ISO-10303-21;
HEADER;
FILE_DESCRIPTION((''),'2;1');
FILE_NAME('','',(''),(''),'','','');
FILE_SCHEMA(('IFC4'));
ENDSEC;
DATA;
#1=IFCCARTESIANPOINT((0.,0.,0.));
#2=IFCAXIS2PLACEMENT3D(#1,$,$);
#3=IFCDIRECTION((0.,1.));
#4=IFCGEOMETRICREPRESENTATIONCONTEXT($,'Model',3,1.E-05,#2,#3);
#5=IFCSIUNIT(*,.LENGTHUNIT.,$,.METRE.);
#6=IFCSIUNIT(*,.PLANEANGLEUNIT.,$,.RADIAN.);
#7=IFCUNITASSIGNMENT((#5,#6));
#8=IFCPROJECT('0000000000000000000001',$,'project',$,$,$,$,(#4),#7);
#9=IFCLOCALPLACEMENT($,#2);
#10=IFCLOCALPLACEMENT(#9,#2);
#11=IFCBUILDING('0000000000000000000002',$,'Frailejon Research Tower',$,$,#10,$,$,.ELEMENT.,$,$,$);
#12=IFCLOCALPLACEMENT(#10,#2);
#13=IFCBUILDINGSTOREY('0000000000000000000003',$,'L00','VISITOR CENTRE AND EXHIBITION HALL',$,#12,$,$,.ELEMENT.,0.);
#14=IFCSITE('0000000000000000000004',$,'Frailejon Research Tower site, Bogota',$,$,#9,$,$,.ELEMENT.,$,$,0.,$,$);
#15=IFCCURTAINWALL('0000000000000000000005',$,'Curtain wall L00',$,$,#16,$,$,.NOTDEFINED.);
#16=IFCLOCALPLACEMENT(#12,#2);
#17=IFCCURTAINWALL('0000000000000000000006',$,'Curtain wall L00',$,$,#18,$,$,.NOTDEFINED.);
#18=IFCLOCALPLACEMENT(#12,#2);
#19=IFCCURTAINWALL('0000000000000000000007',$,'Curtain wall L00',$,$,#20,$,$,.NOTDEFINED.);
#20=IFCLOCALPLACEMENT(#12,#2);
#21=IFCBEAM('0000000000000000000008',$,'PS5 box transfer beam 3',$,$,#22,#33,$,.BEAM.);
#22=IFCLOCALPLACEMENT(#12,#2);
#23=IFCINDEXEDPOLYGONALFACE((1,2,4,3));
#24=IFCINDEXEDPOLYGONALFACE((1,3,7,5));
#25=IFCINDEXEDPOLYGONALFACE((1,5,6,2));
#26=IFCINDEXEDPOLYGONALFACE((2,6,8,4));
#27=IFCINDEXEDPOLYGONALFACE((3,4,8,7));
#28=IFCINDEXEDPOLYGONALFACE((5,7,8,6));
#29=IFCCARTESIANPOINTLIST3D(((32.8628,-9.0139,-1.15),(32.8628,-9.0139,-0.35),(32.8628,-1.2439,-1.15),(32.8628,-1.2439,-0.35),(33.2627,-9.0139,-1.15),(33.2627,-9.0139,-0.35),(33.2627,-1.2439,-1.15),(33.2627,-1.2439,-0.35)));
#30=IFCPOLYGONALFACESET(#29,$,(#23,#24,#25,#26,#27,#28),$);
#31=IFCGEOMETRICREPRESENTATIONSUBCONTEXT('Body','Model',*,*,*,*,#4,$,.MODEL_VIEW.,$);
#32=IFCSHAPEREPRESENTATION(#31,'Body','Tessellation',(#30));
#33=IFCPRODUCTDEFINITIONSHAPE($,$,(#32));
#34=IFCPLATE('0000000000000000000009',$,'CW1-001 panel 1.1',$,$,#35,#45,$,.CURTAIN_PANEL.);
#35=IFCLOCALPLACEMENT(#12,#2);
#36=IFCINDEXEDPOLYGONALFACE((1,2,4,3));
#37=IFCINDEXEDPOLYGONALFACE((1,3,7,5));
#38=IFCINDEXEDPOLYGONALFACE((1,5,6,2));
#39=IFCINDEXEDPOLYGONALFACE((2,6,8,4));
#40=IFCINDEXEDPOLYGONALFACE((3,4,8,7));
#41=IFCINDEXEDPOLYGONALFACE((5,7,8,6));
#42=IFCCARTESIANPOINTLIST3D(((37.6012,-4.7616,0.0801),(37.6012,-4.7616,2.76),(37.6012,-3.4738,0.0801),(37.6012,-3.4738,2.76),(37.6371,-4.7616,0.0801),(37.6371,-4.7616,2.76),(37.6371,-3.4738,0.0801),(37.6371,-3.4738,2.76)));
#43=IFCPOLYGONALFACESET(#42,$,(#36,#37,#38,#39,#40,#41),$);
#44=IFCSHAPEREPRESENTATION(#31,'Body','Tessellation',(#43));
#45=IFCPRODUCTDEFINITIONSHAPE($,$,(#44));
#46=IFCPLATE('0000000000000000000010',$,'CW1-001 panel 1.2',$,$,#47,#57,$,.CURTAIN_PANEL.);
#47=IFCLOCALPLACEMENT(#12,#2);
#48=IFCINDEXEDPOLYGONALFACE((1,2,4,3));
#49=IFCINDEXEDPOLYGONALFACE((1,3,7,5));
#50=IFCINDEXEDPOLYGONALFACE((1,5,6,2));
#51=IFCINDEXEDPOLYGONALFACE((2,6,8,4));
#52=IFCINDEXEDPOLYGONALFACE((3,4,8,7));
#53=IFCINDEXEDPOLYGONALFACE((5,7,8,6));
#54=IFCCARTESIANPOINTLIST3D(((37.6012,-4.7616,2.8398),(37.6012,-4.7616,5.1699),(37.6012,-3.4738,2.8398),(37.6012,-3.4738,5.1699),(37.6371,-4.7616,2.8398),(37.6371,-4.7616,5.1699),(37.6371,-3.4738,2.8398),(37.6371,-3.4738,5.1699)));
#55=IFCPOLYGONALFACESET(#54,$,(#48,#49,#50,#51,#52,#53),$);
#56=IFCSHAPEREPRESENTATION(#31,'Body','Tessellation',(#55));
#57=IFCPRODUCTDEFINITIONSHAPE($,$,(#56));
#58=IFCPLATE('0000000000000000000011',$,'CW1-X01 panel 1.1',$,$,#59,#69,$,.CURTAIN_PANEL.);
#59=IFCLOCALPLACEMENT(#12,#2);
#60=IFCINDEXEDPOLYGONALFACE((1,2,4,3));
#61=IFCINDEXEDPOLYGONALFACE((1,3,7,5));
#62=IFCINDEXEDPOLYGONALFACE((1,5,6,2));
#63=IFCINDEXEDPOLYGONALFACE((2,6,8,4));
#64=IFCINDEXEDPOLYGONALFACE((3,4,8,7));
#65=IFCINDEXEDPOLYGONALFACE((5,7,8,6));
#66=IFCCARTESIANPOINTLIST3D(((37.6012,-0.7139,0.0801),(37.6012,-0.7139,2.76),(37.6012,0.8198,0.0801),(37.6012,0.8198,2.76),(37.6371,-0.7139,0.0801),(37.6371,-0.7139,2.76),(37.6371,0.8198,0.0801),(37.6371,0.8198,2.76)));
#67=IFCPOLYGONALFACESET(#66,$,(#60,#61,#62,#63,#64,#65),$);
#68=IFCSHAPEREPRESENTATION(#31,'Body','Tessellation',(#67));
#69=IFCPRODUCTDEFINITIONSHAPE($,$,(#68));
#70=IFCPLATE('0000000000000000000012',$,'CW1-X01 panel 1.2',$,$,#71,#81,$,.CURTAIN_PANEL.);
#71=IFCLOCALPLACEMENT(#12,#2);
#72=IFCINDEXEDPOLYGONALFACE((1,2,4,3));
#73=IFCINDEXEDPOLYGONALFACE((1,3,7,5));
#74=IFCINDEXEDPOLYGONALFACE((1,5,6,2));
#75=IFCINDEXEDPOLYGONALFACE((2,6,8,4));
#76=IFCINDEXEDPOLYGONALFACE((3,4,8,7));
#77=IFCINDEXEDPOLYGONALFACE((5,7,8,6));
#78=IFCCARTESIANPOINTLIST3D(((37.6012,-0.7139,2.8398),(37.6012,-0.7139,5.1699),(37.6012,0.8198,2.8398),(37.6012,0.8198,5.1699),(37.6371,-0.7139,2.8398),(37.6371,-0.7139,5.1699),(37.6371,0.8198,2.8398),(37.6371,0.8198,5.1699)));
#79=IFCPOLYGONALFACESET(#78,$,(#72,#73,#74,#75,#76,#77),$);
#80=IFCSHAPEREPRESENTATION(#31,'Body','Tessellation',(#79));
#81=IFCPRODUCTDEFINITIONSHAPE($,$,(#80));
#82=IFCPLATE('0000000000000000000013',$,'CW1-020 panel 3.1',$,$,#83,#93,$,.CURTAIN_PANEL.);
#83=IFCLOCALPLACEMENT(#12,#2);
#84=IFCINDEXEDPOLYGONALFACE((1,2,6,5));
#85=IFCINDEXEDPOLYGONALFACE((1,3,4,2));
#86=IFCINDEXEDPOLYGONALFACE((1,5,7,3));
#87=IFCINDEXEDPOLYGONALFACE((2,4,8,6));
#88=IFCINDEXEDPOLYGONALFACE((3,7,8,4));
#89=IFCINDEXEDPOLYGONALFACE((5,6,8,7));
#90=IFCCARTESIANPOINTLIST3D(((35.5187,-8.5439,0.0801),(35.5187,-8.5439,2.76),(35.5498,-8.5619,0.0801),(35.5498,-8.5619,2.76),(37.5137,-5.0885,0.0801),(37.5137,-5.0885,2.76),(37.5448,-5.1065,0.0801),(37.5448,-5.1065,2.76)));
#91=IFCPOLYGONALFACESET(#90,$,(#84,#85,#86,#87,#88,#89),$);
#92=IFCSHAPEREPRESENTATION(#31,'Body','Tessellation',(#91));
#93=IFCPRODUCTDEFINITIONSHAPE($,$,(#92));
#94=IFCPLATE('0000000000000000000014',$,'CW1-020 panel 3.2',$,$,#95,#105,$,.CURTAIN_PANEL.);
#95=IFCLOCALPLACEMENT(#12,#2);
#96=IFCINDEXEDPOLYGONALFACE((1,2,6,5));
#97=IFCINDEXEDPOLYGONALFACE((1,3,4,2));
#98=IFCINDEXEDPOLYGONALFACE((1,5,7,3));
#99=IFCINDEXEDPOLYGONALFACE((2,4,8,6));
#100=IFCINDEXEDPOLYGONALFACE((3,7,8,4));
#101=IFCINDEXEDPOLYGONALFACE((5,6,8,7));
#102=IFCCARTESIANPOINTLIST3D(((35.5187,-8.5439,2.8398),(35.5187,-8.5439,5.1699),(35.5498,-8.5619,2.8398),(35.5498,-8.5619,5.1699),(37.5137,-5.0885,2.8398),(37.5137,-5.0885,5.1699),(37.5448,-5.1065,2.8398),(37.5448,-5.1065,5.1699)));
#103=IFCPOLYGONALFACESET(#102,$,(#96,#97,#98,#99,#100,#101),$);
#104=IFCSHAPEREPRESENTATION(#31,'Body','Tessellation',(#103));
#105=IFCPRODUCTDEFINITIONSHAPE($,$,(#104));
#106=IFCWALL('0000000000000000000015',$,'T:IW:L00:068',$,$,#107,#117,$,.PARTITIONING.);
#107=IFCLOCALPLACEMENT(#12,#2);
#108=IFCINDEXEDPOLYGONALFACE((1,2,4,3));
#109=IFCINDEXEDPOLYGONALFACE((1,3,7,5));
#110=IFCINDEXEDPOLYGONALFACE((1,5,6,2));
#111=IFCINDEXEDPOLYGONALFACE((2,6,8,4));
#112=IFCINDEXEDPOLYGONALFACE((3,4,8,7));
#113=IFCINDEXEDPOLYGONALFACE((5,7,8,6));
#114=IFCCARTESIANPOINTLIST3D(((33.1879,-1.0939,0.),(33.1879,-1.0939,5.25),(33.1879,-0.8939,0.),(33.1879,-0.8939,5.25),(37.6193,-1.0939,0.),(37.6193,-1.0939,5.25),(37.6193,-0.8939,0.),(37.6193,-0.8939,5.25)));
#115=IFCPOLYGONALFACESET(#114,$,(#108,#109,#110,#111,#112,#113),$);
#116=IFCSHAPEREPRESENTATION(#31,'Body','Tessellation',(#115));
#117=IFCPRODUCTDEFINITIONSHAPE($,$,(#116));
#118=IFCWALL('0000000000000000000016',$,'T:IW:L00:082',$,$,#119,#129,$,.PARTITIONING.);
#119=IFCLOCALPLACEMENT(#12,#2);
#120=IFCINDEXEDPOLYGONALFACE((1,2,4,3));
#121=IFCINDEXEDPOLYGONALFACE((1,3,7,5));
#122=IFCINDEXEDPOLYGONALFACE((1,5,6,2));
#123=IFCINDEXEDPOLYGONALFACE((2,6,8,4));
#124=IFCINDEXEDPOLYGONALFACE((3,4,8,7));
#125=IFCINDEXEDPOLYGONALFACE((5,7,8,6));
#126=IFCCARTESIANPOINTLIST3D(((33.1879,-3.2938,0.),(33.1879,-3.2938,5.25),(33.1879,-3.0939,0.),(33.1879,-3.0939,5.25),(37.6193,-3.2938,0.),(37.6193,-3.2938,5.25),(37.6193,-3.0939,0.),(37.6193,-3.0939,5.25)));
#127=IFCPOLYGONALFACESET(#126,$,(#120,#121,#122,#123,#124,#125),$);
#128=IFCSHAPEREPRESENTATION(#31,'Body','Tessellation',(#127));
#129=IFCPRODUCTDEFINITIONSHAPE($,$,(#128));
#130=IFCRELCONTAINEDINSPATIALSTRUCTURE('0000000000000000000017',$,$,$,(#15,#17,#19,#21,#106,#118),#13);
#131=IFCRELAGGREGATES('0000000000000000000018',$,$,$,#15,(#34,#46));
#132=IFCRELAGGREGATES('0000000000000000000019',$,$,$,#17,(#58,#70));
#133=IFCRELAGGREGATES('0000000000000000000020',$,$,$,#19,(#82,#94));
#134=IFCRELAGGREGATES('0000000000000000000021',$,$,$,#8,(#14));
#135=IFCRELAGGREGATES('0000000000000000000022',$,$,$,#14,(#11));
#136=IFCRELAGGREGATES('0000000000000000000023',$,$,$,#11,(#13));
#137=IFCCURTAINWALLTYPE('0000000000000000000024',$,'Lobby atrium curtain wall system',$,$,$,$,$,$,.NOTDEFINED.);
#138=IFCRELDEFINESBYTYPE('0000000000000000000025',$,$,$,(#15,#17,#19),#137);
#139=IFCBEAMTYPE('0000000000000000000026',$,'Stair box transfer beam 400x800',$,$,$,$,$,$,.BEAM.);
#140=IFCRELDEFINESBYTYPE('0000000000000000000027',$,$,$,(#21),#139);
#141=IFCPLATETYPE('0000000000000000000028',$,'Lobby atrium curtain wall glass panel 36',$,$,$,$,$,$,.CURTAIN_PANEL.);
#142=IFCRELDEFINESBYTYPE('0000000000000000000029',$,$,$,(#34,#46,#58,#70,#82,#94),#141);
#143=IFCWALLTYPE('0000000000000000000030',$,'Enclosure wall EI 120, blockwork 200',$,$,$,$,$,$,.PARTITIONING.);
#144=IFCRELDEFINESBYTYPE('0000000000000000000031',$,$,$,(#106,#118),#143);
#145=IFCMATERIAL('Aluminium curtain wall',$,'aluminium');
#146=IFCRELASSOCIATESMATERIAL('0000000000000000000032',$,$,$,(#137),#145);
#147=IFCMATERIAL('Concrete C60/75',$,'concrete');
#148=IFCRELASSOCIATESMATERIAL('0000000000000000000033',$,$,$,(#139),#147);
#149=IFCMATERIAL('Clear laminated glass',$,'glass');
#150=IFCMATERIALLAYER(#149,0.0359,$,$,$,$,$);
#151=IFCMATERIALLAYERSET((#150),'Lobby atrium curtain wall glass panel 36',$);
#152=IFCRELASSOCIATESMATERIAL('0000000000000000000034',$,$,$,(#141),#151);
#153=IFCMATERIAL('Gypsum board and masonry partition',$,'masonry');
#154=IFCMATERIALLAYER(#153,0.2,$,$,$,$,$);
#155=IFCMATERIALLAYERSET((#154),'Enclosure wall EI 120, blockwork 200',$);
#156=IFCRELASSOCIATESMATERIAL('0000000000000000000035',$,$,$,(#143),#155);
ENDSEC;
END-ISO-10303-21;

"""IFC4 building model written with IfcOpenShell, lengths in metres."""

from ifc_helpers import new_model, si_unit, direction, frame, frame_2d, origin, origin_2d, place, context, subcontext, project, spatial, rectangle, extrude, material, layer, layer_set, material_profile, profile_set, type_object, element, aggregate, save


model = new_model("IFC4")

# Units and contexts
model_context = context("Model", 3, precision=1e-05, world=origin(), true_north=direction((0.0, 1.0)))
body_context = subcontext(model_context, "Body", "Model", "MODEL_VIEW")
ifc_project = project(units=[si_unit("LENGTHUNIT", "METRE"), si_unit("PLANEANGLEUNIT", "RADIAN")], contexts=[model_context])

# Site, building, storey
site_placement = place(None, origin())
site = spatial("IfcSite", under=ifc_project, at=site_placement, Name="Frailejon Research Tower site, Bogota", CompositionType="ELEMENT", RefElevation=0.0)
building_placement = place(site_placement, origin())
building = spatial("IfcBuilding", under=site, at=building_placement, Name="Frailejon Research Tower", CompositionType="ELEMENT")
storey_placement = place(building_placement, origin())
storey = spatial("IfcBuildingStorey", under=building, at=storey_placement, Name="L00", Description="VISITOR CENTRE AND EXHIBITION HALL", CompositionType="ELEMENT", Elevation=0.0)

# Curtain walls
ifc_material_1 = material(Name="Aluminium curtain wall", Category="aluminium")
curtain_wall_type = type_object("IfcCurtainWallType", Name="Lobby atrium curtain wall system", PredefinedType="NOTDEFINED", material=ifc_material_1)
curtain_wall_1_placement = place(storey_placement, origin())
curtain_wall_1 = element("IfcCurtainWall", 1, at=curtain_wall_1_placement, inside=storey, type_object=curtain_wall_type, Name="Curtain wall L00", PredefinedType="NOTDEFINED")
curtain_wall_2_placement = place(storey_placement, origin())
curtain_wall_2 = element("IfcCurtainWall", 2, at=curtain_wall_2_placement, inside=storey, type_object=curtain_wall_type, Name="Curtain wall L00", PredefinedType="NOTDEFINED")
curtain_wall_3_placement = place(storey_placement, origin())
curtain_wall_3 = element("IfcCurtainWall", 3, at=curtain_wall_3_placement, inside=storey, type_object=curtain_wall_type, Name="Curtain wall L00", PredefinedType="NOTDEFINED")

# Beam
ifc_material_2 = material(Name="Concrete C60/75", Category="concrete")
ifc_material_profile_1 = material_profile(ifc_material_2, rectangle(XDim=0.3999, YDim=0.8, at=origin_2d()), Name="Stair box transfer beam 400x800")
ifc_profile_set_1 = profile_set([ifc_material_profile_1], Name="Concrete C60/75")
beam_type = type_object("IfcBeamType", Name="Stair box transfer beam 400x800", PredefinedType="BEAM", material=ifc_profile_set_1)
beam_placement = place(storey_placement, frame((33.0627, -9.0139, -0.75), z_axis=(0.0, 1.0, 0.0), x_axis=(-1.0, 0.0, 0.0)))
element("IfcBeam", 4, at=beam_placement, inside=storey, type_object=beam_type, Name="PS5 box transfer beam 3", PredefinedType="BEAM", context=body_context, shape_type="SweptSolid", body=[
    extrude(rectangle(XDim=0.3999, YDim=0.8, at=origin_2d()), origin(), (0.0, 0.0, 1.0), 7.77),
])

# Plates
ifc_material_3 = material(Name="Clear laminated glass", Category="glass")
ifc_layer_1 = layer(ifc_material_3, 0.0359)
ifc_layer_set_1 = layer_set([ifc_layer_1], Name="Lobby atrium curtain wall glass panel 36")
plate_type = type_object("IfcPlateType", Name="Lobby atrium curtain wall glass panel 36", PredefinedType="CURTAIN_PANEL", material=ifc_layer_set_1)
plate_1_placement = place(storey_placement, frame((37.6191, -4.1177, 0.0801), z_axis=(0.0, 0.0, 1.0), x_axis=(0.0, 1.0, 0.0)))
plate_1 = element("IfcPlate", 5, at=plate_1_placement, type_object=plate_type, Name="CW1-001 panel 1.1", PredefinedType="CURTAIN_PANEL", context=body_context, shape_type="SweptSolid", body=[
    extrude(rectangle(XDim=1.2878, YDim=0.0359, at=origin_2d()), origin(), (0.0, 0.0, 1.0), 2.6799),
])
plate_2_placement = place(storey_placement, frame((37.6191, -4.1177, 2.8398), z_axis=(0.0, 0.0, 1.0), x_axis=(0.0, 1.0, 0.0)))
plate_2 = element("IfcPlate", 6, at=plate_2_placement, type_object=plate_type, Name="CW1-001 panel 1.2", PredefinedType="CURTAIN_PANEL", context=body_context, shape_type="SweptSolid", body=[
    extrude(rectangle(XDim=1.2878, YDim=0.0359, at=origin_2d()), origin(), (0.0, 0.0, 1.0), 2.3301),
])
aggregate(curtain_wall_1, [plate_1, plate_2])
plate_3_placement = place(storey_placement, frame((37.6191, 0.053, 0.0801), z_axis=(0.0, 0.0, 1.0), x_axis=(0.0, 1.0, 0.0)))
plate_3 = element("IfcPlate", 7, at=plate_3_placement, type_object=plate_type, Name="CW1-X01 panel 1.1", PredefinedType="CURTAIN_PANEL", context=body_context, shape_type="SweptSolid", body=[
    extrude(rectangle(XDim=1.5337, YDim=0.0359, at=origin_2d()), origin(), (0.0, 0.0, 1.0), 2.6799),
])
plate_4_placement = place(storey_placement, frame((37.6191, 0.053, 2.8398), z_axis=(0.0, 0.0, 1.0), x_axis=(0.0, 1.0, 0.0)))
plate_4 = element("IfcPlate", 8, at=plate_4_placement, type_object=plate_type, Name="CW1-X01 panel 1.2", PredefinedType="CURTAIN_PANEL", context=body_context, shape_type="SweptSolid", body=[
    extrude(rectangle(XDim=1.5337, YDim=0.0359, at=origin_2d()), origin(), (0.0, 0.0, 1.0), 2.3301),
])
aggregate(curtain_wall_2, [plate_3, plate_4])
plate_5_placement = place(storey_placement, frame((36.5317, -6.8252, 0.0801), z_axis=(0.0, 0.0, 1.0), x_axis=(0.5, 0.866026, 0.0)))
plate_5 = element("IfcPlate", 9, at=plate_5_placement, type_object=plate_type, Name="CW1-020 panel 3.1", PredefinedType="CURTAIN_PANEL", context=body_context, shape_type="SweptSolid", body=[
    extrude(rectangle(XDim=3.99, YDim=0.0359, at=origin_2d()), origin(), (0.0, 0.0, 1.0), 2.6799),
])
plate_6_placement = place(storey_placement, frame((36.5317, -6.8252, 2.8398), z_axis=(0.0, 0.0, 1.0), x_axis=(0.5, 0.866026, 0.0)))
plate_6 = element("IfcPlate", 10, at=plate_6_placement, type_object=plate_type, Name="CW1-020 panel 3.2", PredefinedType="CURTAIN_PANEL", context=body_context, shape_type="SweptSolid", body=[
    extrude(rectangle(XDim=3.99, YDim=0.0359, at=origin_2d()), origin(), (0.0, 0.0, 1.0), 2.3301),
])
aggregate(curtain_wall_3, [plate_5, plate_6])

# Walls
ifc_material_4 = material(Name="Gypsum board and masonry partition", Category="masonry")
ifc_layer_2 = layer(ifc_material_4, 0.2)
ifc_layer_set_2 = layer_set([ifc_layer_2], Name="Enclosure wall EI 120, blockwork 200")
wall_type_1 = type_object("IfcWallType", Name="Enclosure wall EI 120, blockwork 200", PredefinedType="PARTITIONING", material=ifc_layer_set_2)
for number, where, z_axis, x_axis, name in (
    (11, (33.1877, -0.9939, 0.0), (0.0, 0.0, 1.0), (1.0, 0.0, 0.0), "T:IW:L00:068"),
    (12, (33.1877, -3.1938, 0.0), (0.0, 0.0, 1.0), (1.0, 0.0, 0.0), "T:IW:L00:082"),
):
    element("IfcWall", number, at=place(storey_placement, frame(where, z_axis=z_axis, x_axis=x_axis)), inside=storey, type_object=wall_type_1, Name=name, PredefinedType="PARTITIONING", context=body_context, shape_type="SweptSolid", body=[
        extrude(rectangle(XDim=4.4314, YDim=0.2, at=frame_2d((2.2158, 0.0))), origin(), (0.0, 0.0, 1.0), 5.25),
    ])

save(model, "model.ifc")
